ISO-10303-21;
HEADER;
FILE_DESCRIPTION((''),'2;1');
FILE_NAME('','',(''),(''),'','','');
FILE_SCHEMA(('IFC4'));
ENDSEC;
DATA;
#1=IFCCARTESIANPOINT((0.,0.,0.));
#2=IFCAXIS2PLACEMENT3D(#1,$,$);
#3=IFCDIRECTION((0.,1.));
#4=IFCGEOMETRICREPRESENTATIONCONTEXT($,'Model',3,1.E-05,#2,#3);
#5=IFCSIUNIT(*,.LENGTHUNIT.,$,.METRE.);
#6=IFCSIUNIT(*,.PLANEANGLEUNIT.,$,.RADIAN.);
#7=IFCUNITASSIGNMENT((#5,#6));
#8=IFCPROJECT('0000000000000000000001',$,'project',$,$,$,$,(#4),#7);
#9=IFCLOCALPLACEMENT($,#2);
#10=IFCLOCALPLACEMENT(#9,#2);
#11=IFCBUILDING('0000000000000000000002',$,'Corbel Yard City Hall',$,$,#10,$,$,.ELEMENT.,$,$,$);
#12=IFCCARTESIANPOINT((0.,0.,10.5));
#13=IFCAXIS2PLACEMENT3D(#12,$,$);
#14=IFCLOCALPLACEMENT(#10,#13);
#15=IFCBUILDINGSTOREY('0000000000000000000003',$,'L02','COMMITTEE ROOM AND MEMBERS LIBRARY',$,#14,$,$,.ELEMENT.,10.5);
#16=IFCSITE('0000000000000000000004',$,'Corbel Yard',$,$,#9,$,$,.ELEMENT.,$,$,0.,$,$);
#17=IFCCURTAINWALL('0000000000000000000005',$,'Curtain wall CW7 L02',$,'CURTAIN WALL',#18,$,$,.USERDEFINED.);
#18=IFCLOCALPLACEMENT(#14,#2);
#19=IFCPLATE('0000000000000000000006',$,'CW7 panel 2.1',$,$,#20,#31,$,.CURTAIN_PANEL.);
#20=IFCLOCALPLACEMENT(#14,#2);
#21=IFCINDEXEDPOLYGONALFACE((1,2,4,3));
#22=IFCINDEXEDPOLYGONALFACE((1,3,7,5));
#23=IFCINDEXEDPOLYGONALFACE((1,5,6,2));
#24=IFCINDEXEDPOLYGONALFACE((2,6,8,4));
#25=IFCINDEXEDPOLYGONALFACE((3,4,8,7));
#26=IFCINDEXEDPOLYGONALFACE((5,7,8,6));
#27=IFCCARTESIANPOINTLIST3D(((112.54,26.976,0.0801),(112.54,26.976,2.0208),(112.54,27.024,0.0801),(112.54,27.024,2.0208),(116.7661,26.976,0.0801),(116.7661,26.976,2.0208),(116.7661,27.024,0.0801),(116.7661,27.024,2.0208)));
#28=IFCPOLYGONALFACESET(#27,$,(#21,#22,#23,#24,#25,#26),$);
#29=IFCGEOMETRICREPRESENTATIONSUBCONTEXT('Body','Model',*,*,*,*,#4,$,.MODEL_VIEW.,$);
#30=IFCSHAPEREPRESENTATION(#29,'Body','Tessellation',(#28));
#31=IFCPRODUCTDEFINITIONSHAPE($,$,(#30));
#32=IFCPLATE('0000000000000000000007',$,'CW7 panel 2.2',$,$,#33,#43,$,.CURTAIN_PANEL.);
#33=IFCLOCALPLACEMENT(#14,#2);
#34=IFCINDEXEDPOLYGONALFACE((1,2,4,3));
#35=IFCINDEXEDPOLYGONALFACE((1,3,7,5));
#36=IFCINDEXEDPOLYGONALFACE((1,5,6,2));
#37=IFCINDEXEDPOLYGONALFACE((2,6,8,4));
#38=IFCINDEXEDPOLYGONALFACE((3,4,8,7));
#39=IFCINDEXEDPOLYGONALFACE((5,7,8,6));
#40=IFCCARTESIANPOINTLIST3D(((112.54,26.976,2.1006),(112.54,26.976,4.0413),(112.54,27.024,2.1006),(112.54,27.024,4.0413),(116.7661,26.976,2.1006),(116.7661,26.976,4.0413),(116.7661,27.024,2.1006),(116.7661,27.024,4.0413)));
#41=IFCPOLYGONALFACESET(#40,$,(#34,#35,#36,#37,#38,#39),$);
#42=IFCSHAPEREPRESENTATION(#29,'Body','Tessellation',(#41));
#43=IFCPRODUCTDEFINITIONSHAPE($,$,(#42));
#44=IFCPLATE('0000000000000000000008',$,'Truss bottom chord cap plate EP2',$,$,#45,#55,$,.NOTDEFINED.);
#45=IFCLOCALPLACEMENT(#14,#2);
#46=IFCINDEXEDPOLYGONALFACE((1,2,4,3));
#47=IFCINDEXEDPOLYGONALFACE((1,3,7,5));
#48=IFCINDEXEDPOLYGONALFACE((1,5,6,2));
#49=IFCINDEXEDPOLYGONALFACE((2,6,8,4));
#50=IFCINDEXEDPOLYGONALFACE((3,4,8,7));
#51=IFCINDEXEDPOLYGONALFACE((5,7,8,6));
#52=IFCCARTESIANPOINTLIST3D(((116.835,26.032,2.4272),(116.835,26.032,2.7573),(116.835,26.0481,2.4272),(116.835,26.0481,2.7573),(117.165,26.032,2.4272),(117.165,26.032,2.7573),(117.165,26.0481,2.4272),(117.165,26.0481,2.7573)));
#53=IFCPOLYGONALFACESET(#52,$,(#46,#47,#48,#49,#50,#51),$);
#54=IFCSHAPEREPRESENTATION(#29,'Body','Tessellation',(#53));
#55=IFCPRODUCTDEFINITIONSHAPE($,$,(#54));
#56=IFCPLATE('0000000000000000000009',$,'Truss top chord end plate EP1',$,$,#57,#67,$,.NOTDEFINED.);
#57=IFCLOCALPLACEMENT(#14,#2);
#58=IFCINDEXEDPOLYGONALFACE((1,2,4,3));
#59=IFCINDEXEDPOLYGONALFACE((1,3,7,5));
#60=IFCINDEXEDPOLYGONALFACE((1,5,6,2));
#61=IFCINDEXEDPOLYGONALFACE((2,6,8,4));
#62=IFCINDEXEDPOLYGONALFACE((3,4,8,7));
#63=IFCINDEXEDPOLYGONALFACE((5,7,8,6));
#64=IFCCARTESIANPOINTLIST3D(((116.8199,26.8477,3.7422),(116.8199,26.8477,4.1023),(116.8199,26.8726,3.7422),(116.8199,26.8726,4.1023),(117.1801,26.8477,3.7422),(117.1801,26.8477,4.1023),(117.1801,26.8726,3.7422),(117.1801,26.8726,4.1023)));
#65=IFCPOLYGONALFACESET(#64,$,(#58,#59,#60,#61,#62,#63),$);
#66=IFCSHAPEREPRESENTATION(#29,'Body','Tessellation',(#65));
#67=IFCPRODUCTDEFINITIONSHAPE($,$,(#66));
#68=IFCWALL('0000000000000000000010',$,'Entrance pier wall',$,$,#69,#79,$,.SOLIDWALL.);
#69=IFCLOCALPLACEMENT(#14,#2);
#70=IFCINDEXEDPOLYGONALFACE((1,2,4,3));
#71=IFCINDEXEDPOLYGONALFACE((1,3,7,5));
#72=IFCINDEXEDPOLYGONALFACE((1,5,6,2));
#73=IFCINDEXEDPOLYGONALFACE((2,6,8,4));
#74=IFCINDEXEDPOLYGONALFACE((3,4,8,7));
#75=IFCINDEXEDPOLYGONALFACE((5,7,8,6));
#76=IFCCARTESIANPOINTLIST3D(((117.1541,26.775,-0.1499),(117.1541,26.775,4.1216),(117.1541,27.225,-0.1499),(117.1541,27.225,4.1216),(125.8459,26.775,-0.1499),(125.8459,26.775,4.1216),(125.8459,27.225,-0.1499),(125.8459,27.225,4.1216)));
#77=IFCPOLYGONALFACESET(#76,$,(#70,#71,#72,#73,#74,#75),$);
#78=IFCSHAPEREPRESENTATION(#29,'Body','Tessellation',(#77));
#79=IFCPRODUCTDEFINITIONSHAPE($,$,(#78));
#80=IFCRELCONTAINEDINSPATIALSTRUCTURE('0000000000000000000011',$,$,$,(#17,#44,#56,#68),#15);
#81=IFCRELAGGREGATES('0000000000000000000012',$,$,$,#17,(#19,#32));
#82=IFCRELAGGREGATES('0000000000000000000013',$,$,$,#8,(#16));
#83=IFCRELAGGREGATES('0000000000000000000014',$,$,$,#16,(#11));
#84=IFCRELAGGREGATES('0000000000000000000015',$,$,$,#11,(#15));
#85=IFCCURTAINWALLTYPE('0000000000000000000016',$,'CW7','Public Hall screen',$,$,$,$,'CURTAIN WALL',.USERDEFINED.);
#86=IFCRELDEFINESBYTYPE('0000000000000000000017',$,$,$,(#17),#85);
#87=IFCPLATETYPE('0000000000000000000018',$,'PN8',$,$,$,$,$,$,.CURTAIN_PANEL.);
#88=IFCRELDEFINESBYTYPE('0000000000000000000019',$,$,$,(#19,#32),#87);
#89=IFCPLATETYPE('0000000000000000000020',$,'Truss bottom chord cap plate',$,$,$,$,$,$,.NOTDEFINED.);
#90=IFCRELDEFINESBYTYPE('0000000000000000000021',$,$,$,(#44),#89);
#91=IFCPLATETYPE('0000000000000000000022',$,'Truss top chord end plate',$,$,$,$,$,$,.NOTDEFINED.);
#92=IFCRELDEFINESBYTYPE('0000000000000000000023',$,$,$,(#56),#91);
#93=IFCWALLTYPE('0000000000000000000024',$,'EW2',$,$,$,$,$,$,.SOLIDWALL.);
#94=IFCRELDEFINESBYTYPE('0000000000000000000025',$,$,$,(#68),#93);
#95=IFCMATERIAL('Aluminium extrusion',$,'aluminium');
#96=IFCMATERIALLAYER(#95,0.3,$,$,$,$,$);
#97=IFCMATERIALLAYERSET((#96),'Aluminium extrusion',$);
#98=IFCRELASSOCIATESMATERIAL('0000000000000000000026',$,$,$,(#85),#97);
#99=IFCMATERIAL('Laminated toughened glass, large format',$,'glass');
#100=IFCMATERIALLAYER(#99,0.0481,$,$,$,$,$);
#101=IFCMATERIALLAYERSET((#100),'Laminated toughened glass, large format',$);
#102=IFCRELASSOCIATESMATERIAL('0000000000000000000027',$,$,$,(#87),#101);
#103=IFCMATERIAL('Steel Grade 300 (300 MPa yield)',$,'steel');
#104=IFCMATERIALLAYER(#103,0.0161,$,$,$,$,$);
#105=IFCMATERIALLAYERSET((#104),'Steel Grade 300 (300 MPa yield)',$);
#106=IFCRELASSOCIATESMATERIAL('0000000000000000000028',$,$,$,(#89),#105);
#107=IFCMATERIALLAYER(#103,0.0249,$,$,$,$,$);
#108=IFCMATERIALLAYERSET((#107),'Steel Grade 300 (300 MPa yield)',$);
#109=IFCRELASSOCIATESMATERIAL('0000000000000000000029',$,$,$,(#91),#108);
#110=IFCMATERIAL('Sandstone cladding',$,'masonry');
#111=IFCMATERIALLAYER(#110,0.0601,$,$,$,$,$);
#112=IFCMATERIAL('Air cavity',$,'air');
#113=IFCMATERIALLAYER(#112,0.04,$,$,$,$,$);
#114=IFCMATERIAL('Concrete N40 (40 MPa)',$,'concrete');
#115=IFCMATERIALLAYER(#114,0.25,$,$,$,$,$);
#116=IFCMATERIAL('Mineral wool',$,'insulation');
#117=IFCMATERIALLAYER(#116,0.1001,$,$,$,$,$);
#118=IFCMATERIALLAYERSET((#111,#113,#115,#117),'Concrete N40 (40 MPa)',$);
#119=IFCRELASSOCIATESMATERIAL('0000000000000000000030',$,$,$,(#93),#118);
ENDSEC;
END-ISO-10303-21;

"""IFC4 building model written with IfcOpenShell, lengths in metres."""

from ifc_helpers import new_model, si_unit, direction, frame, frame_2d, origin, origin_2d, place, context, subcontext, project, spatial, rectangle, extrude, material, layer, layer_set, type_object, element, aggregate, save


model = new_model("IFC4")

# Units and contexts
model_context = context("Model", 3, precision=1e-05, world=origin(), true_north=direction((0.0, 1.0)))
body_context = subcontext(model_context, "Body", "Model", "MODEL_VIEW")
ifc_project = project(units=[si_unit("LENGTHUNIT", "METRE"), si_unit("PLANEANGLEUNIT", "RADIAN")], contexts=[model_context])

# Site, building, storey
site_placement = place(None, origin())
site = spatial("IfcSite", under=ifc_project, at=site_placement, Name="Corbel Yard", CompositionType="ELEMENT", RefElevation=0.0)
building_placement = place(site_placement, origin())
building = spatial("IfcBuilding", under=site, at=building_placement, Name="Corbel Yard City Hall", CompositionType="ELEMENT")
storey_placement = place(building_placement, frame((0.0, 0.0, 10.5)))
storey = spatial("IfcBuildingStorey", under=building, at=storey_placement, Name="L02", Description="COMMITTEE ROOM AND MEMBERS LIBRARY", CompositionType="ELEMENT", Elevation=10.5)

# Shared definitions
ifc_material_1 = material(Name="Steel Grade 300 (300 MPa yield)", Category="steel")

# Curtain wall
ifc_material_2 = material(Name="Aluminium extrusion", Category="aluminium")
ifc_layer_1 = layer(ifc_material_2, 0.3)
ifc_layer_set_1 = layer_set([ifc_layer_1], Name="Aluminium extrusion")
curtain_wall_type = type_object("IfcCurtainWallType", Name="CW7", Description="Public Hall screen", ElementType="CURTAIN WALL", PredefinedType="USERDEFINED", material=ifc_layer_set_1)
curtain_wall_placement = place(storey_placement, origin())
curtain_wall = element("IfcCurtainWall", 1, at=curtain_wall_placement, inside=storey, type_object=curtain_wall_type, Name="Curtain wall CW7 L02", ObjectType="CURTAIN WALL", PredefinedType="USERDEFINED")

# Plates
ifc_material_3 = material(Name="Laminated toughened glass, large format", Category="glass")
ifc_layer_2 = layer(ifc_material_3, 0.0481)
ifc_layer_set_2 = layer_set([ifc_layer_2], Name="Laminated toughened glass, large format")
plate_type_1 = type_object("IfcPlateType", Name="PN8", PredefinedType="CURTAIN_PANEL", material=ifc_layer_set_2)
plate_1_placement = place(storey_placement, frame((114.6531, 27.0, 0.0801), z_axis=(0.0, 0.0, 1.0), x_axis=(1.0, 0.0, 0.0)))
plate_1 = element("IfcPlate", 2, at=plate_1_placement, type_object=plate_type_1, Name="CW7 panel 2.1", PredefinedType="CURTAIN_PANEL", context=body_context, shape_type="SweptSolid", body=[
    extrude(rectangle(XDim=4.2261, YDim=0.0481, at=origin_2d()), origin(), (0.0, 0.0, 1.0), 1.9407),
])
plate_2_placement = place(storey_placement, frame((114.6531, 27.0, 2.1006), z_axis=(0.0, 0.0, 1.0), x_axis=(1.0, 0.0, 0.0)))
plate_2 = element("IfcPlate", 3, at=plate_2_placement, type_object=plate_type_1, Name="CW7 panel 2.2", PredefinedType="CURTAIN_PANEL", context=body_context, shape_type="SweptSolid", body=[
    extrude(rectangle(XDim=4.2261, YDim=0.0481, at=origin_2d()), origin(), (0.0, 0.0, 1.0), 1.9407),
])
aggregate(curtain_wall, [plate_1, plate_2])

# Plates
ifc_layer_3 = layer(ifc_material_1, 0.0161)
ifc_layer_set_3 = layer_set([ifc_layer_3], Name="Steel Grade 300 (300 MPa yield)")
plate_type_2 = type_object("IfcPlateType", Name="Truss bottom chord cap plate", PredefinedType="NOTDEFINED", material=ifc_layer_set_3)
plate_3_placement = place(storey_placement, frame((117.0, 26.04, 2.4272), z_axis=(0.0, 0.0, 1.0), x_axis=(1.0, 0.0, 0.0)))
element("IfcPlate", 4, at=plate_3_placement, inside=storey, type_object=plate_type_2, Name="Truss bottom chord cap plate EP2", PredefinedType="NOTDEFINED", context=body_context, shape_type="SweptSolid", body=[
    extrude(rectangle(XDim=0.3301, YDim=0.0161, at=origin_2d()), origin(), (0.0, 0.0, 1.0), 0.3301),
])
ifc_layer_4 = layer(ifc_material_1, 0.0249)
ifc_layer_set_4 = layer_set([ifc_layer_4], Name="Steel Grade 300 (300 MPa yield)")
plate_type_3 = type_object("IfcPlateType", Name="Truss top chord end plate", PredefinedType="NOTDEFINED", material=ifc_layer_set_4)
plate_4_placement = place(storey_placement, frame((117.0, 26.8601, 3.7422), z_axis=(0.0, 0.0, 1.0), x_axis=(1.0, 0.0, 0.0)))
element("IfcPlate", 5, at=plate_4_placement, inside=storey, type_object=plate_type_3, Name="Truss top chord end plate EP1", PredefinedType="NOTDEFINED", context=body_context, shape_type="SweptSolid", body=[
    extrude(rectangle(XDim=0.3601, YDim=0.0249, at=origin_2d()), origin(), (0.0, 0.0, 1.0), 0.3601),
])

# Wall
ifc_material_4 = material(Name="Sandstone cladding", Category="masonry")
ifc_layer_5 = layer(ifc_material_4, 0.0601)
ifc_material_5 = material(Name="Air cavity", Category="air")
ifc_layer_6 = layer(ifc_material_5, 0.04)
ifc_material_6 = material(Name="Concrete N40 (40 MPa)", Category="concrete")
ifc_layer_7 = layer(ifc_material_6, 0.25)
ifc_material_7 = material(Name="Mineral wool", Category="insulation")
ifc_layer_8 = layer(ifc_material_7, 0.1001)
ifc_layer_set_5 = layer_set([ifc_layer_5, ifc_layer_6, ifc_layer_7, ifc_layer_8], Name="Concrete N40 (40 MPa)")
wall_type = type_object("IfcWallType", Name="EW2", PredefinedType="SOLIDWALL", material=ifc_layer_set_5)
wall_placement = place(storey_placement, frame((117.1541, 27.0, -0.1499), z_axis=(0.0, 0.0, 1.0), x_axis=(1.0, 0.0, 0.0)))
element("IfcWall", 6, at=wall_placement, inside=storey, type_object=wall_type, Name="Entrance pier wall", PredefinedType="SOLIDWALL", context=body_context, shape_type="SweptSolid", body=[
    extrude(rectangle(XDim=8.6919, YDim=0.45, at=frame_2d((4.3459, 0.0))), origin(), (0.0, 0.0, 1.0), 4.2715),
])

save(model, "model.ifc")
